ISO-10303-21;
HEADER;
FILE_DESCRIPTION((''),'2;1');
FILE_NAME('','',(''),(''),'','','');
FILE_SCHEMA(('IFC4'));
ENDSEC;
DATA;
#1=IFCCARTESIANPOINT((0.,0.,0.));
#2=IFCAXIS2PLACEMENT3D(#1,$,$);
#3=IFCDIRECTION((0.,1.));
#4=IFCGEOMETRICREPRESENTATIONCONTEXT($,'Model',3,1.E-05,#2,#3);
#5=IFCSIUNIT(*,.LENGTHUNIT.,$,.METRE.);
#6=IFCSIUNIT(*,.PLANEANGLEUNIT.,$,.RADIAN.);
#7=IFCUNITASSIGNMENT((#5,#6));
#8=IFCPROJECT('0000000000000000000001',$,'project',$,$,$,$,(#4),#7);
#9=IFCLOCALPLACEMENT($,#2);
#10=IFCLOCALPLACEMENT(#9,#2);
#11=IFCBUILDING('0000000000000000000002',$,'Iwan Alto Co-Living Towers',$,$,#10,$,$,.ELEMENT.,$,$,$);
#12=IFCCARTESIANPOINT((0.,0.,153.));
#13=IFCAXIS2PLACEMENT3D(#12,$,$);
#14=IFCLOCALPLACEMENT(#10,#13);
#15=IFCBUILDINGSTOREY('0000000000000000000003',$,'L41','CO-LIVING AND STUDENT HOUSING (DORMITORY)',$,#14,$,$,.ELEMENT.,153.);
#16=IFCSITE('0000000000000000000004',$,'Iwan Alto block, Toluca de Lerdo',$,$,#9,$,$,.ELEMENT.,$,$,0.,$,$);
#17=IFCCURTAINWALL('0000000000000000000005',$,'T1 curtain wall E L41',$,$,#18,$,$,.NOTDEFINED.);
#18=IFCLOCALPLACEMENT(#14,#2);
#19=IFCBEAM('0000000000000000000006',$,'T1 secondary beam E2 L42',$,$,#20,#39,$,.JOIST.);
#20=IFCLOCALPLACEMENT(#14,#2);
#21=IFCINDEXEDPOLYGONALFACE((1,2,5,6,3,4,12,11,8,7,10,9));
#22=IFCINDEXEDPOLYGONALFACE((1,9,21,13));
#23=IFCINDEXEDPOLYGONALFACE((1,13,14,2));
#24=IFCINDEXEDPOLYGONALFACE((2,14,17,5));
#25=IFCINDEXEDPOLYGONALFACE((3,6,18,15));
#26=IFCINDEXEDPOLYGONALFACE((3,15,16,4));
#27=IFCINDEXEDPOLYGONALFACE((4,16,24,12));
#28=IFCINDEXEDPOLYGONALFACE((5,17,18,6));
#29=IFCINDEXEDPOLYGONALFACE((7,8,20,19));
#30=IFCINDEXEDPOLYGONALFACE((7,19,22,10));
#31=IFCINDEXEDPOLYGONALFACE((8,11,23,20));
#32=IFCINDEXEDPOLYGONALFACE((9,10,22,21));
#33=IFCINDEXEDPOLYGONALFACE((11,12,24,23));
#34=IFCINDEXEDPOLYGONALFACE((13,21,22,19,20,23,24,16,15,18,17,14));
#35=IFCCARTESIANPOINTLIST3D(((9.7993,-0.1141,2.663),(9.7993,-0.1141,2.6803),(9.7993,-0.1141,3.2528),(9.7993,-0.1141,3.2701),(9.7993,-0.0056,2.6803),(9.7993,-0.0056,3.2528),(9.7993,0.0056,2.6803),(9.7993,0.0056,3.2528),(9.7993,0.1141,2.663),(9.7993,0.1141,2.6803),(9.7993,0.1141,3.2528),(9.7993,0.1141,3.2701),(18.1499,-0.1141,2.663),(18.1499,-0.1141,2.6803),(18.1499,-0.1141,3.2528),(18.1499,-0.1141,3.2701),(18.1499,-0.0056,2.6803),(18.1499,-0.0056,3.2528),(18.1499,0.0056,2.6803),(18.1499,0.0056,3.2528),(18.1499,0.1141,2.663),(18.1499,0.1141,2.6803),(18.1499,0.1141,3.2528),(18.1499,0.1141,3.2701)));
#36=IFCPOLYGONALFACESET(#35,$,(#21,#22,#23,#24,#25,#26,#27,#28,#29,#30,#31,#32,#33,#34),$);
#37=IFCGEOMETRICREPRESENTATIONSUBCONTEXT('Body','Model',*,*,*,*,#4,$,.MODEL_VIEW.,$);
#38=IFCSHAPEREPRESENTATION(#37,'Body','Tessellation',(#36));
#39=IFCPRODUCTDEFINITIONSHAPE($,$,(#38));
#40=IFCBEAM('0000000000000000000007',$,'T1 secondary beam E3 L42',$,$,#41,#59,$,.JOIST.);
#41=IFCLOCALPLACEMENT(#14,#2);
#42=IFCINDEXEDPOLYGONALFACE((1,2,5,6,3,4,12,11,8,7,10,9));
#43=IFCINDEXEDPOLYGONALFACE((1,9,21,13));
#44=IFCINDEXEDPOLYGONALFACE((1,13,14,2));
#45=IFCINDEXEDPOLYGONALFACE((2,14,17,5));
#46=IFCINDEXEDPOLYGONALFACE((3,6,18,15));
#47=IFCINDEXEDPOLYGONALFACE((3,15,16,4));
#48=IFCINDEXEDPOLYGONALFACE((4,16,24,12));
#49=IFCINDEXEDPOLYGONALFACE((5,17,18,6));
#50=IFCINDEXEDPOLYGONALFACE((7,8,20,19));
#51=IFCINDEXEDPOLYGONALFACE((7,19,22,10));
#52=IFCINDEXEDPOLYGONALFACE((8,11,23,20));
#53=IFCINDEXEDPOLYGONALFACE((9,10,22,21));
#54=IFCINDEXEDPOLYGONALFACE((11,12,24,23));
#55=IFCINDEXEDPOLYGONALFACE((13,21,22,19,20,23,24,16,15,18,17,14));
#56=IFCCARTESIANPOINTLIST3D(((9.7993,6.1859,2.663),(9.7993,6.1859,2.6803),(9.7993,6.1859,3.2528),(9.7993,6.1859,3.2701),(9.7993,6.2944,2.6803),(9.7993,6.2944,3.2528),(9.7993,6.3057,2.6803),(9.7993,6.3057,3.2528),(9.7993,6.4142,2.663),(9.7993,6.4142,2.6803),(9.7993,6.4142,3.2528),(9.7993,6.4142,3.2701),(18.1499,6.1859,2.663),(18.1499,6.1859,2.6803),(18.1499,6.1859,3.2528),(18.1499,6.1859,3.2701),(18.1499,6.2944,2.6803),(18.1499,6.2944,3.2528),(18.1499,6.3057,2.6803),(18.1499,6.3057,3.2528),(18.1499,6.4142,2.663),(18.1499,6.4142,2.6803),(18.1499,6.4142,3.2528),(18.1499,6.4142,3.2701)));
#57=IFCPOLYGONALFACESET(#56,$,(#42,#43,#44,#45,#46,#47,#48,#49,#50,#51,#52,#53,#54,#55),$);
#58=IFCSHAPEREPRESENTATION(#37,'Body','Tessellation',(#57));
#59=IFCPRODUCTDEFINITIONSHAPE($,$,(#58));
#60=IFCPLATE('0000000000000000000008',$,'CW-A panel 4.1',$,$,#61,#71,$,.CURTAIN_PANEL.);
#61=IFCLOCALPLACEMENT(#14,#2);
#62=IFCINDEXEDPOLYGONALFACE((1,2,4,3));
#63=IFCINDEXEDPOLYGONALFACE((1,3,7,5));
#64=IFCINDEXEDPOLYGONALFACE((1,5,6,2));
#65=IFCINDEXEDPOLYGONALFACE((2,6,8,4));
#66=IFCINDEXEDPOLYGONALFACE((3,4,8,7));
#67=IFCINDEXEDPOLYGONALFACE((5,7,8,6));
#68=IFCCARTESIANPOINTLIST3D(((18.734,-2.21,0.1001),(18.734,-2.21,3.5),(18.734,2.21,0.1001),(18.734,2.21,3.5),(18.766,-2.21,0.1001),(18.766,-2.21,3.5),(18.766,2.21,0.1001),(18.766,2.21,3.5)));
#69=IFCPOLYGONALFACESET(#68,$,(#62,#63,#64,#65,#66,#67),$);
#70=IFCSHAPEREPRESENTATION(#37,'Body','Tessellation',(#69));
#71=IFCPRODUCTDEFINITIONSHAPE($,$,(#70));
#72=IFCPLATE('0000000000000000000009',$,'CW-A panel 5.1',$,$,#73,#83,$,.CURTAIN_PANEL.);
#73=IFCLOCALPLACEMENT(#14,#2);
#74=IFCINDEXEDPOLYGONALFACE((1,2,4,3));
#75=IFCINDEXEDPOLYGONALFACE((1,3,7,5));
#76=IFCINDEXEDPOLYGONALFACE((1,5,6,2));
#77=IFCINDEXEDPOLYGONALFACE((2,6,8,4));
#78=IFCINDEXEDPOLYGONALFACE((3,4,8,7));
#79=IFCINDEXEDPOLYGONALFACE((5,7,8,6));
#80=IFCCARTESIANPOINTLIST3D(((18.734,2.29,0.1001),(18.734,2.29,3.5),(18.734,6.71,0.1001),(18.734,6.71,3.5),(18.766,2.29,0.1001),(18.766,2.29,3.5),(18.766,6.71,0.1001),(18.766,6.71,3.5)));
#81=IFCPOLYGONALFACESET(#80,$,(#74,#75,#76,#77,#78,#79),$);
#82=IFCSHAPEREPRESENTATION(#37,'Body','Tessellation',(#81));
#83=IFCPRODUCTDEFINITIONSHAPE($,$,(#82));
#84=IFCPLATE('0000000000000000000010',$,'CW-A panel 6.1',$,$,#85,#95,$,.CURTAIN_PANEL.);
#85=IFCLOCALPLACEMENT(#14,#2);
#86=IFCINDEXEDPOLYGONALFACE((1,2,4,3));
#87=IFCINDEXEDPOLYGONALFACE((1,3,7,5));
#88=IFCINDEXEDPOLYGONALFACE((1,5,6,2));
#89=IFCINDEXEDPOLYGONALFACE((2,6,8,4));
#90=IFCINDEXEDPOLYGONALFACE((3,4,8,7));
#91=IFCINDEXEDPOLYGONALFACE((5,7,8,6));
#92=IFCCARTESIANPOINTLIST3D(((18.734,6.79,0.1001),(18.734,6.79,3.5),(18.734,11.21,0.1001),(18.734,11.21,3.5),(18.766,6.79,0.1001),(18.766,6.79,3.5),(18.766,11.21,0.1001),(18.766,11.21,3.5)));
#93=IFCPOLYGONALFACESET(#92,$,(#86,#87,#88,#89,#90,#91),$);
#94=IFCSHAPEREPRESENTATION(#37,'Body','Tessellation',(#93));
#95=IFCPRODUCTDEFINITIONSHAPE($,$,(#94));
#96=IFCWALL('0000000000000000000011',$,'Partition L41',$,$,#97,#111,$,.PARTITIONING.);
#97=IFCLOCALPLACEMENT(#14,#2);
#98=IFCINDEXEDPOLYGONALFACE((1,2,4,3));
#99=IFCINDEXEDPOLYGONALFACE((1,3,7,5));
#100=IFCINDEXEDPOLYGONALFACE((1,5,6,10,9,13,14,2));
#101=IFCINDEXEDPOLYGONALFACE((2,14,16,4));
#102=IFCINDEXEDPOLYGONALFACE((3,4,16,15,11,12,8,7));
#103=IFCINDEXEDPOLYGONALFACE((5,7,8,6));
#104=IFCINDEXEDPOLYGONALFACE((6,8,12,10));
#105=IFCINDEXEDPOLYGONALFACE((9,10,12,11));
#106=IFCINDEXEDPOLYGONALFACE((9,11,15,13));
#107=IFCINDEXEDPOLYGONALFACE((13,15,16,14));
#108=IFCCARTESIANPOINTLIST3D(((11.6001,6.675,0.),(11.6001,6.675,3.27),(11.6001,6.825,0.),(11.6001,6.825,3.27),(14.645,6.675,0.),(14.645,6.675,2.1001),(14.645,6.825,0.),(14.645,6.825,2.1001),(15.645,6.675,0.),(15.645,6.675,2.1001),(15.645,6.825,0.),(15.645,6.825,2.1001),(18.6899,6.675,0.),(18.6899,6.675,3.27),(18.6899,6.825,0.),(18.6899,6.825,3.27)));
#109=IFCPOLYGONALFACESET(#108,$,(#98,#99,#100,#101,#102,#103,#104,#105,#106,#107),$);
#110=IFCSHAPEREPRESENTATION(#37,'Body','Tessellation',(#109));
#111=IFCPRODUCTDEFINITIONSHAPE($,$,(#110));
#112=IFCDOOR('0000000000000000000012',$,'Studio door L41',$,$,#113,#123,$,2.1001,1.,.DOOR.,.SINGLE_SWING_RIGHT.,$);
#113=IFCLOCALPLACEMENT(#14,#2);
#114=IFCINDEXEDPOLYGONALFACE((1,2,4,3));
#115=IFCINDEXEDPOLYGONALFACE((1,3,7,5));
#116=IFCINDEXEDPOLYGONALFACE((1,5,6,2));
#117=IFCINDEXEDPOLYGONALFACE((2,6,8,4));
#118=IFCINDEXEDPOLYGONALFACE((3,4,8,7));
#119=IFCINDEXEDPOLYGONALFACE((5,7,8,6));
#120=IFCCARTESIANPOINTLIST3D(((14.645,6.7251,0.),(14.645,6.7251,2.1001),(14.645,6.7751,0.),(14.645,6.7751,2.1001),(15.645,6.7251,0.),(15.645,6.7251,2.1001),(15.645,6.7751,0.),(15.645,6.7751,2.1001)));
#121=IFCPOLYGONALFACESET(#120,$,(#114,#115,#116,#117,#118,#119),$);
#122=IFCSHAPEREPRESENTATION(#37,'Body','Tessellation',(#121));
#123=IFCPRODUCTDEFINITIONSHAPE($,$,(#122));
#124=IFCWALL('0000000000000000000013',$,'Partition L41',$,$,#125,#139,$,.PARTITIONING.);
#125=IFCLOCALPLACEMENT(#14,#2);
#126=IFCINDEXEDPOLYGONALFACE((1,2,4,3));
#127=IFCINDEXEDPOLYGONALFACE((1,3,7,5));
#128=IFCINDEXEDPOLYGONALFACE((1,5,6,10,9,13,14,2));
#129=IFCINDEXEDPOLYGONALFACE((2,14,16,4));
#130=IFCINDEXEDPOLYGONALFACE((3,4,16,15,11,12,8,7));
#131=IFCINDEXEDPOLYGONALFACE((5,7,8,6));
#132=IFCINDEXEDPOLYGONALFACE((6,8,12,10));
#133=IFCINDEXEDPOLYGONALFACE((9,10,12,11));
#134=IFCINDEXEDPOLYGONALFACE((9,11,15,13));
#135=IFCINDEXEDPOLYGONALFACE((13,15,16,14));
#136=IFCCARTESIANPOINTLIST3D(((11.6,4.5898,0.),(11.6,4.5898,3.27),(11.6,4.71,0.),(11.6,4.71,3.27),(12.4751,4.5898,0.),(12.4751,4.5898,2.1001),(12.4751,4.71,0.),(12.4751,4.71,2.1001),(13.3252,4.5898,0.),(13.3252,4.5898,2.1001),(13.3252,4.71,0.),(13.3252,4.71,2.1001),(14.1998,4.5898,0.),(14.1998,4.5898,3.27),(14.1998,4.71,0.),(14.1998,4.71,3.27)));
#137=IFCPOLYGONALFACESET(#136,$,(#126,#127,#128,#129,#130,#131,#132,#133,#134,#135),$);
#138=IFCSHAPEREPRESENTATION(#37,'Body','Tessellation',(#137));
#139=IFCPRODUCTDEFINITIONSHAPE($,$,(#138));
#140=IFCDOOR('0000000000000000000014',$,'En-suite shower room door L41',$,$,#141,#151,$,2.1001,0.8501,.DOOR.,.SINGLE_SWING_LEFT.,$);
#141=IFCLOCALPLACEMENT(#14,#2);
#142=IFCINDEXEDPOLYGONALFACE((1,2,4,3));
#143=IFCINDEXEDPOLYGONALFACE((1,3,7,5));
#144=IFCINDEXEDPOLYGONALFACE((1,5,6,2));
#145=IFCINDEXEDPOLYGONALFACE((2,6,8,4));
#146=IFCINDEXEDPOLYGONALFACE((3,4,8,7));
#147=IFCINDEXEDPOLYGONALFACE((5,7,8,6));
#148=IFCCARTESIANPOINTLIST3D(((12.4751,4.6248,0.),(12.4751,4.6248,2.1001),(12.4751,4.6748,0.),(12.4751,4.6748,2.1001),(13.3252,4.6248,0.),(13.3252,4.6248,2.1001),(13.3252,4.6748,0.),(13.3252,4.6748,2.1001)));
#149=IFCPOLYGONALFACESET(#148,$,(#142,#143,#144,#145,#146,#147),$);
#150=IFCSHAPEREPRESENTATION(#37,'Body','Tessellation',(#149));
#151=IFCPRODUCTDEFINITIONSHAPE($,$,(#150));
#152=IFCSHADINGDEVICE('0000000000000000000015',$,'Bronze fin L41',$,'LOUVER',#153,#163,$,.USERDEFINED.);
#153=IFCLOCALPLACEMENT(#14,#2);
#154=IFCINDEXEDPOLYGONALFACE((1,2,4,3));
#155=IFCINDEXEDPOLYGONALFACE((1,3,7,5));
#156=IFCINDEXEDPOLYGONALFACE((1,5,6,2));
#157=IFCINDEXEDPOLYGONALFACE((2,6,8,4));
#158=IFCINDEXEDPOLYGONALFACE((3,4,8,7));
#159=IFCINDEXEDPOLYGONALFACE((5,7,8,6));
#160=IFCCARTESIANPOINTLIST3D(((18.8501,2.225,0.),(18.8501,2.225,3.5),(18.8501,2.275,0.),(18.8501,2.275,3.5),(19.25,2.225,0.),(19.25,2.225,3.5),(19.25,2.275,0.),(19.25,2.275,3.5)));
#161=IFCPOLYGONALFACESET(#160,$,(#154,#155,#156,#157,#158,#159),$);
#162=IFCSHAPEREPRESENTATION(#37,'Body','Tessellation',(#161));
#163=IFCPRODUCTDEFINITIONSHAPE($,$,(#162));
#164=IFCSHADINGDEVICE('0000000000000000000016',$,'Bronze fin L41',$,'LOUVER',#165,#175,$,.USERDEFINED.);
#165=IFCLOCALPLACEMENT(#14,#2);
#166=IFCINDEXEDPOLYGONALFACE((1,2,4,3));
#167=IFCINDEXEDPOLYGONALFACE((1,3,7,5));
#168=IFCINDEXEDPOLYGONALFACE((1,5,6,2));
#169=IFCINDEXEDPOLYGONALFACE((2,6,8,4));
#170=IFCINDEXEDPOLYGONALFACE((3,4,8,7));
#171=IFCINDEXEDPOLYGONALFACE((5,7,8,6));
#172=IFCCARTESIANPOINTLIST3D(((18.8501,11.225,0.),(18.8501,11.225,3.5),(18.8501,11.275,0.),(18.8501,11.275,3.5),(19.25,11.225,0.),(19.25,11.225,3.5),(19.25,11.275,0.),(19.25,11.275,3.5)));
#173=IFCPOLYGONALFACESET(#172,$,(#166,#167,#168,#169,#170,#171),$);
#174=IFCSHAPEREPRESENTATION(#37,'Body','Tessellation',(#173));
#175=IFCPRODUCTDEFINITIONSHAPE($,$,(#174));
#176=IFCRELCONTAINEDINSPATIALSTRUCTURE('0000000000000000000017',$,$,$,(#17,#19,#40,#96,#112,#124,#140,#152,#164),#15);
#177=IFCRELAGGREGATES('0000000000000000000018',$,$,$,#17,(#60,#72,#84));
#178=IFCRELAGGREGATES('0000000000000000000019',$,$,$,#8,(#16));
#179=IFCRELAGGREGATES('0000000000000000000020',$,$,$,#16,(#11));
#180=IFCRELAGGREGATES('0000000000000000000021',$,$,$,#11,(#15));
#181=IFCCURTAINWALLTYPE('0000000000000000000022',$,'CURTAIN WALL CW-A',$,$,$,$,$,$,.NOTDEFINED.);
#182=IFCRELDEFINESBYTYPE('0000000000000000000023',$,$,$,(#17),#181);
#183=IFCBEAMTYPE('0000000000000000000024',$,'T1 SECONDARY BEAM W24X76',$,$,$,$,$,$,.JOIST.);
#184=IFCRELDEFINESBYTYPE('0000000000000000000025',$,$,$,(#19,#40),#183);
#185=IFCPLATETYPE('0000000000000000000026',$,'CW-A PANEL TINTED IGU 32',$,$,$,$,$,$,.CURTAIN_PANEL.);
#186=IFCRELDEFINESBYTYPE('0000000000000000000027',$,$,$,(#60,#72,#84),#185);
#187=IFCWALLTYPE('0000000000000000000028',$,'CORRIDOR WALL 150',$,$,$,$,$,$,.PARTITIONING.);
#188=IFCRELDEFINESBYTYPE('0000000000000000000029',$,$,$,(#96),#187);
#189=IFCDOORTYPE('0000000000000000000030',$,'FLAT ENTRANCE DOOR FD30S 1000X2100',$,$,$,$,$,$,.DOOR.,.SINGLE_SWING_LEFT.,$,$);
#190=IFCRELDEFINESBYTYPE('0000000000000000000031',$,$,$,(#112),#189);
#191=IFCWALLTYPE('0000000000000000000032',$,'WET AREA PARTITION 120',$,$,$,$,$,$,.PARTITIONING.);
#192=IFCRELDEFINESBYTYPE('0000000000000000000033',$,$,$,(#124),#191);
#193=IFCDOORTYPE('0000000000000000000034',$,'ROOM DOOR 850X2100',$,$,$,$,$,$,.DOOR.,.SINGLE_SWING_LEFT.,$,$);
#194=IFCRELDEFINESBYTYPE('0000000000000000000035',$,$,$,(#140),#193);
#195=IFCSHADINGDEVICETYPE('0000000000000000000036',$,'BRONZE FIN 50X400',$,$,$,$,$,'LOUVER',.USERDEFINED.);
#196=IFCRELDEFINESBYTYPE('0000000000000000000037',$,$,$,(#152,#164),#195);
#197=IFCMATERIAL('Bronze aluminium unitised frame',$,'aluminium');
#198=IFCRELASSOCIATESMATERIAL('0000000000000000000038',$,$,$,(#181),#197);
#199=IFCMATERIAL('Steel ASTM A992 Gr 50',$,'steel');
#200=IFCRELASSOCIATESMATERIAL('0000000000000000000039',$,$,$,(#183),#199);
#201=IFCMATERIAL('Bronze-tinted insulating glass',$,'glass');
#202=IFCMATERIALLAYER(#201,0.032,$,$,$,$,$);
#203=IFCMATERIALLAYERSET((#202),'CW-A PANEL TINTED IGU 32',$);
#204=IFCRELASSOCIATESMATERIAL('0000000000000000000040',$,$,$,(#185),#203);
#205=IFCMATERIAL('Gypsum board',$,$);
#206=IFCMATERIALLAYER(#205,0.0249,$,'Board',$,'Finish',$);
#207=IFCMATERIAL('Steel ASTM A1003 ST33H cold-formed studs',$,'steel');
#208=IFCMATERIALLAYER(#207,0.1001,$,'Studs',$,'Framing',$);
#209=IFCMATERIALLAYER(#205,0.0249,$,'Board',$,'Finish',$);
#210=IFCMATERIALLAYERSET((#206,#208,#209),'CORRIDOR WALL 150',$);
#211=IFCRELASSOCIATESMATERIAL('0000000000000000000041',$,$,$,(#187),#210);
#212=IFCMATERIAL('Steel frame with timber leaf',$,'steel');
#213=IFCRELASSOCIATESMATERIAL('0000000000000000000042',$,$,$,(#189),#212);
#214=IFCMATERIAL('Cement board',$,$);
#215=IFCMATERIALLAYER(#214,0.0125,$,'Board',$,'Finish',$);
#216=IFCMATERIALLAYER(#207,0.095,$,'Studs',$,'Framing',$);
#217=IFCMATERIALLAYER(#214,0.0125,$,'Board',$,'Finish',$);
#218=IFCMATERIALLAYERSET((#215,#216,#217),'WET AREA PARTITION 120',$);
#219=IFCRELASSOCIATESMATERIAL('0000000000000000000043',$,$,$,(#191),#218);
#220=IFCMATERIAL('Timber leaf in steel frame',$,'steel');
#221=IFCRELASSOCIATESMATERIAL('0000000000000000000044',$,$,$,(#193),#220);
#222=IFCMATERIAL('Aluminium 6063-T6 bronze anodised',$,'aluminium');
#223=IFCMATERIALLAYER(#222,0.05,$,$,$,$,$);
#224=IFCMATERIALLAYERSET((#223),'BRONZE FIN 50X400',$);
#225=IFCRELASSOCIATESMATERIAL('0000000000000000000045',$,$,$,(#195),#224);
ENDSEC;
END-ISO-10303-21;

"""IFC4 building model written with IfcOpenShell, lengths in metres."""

from ifc_helpers import new_model, si_unit, direction, frame, frame_2d, origin, origin_2d, place, context, subcontext, project, spatial, rectangle, i_section, extrude, material, layer, layer_set, material_profile, profile_set, type_object, element, fill, aggregate, save


model = new_model("IFC4")

# Units and contexts
model_context = context("Model", 3, precision=1e-05, world=origin(), true_north=direction((0.0, 1.0)))
body_context = subcontext(model_context, "Body", "Model", "MODEL_VIEW")
ifc_project = project(units=[si_unit("LENGTHUNIT", "METRE"), si_unit("PLANEANGLEUNIT", "RADIAN")], contexts=[model_context])

# Site, building, storey
site_placement = place(None, origin())
site = spatial("IfcSite", under=ifc_project, at=site_placement, Name="Iwan Alto block, Toluca de Lerdo", CompositionType="ELEMENT", RefElevation=0.0)
building_placement = place(site_placement, origin())
building = spatial("IfcBuilding", under=site, at=building_placement, Name="Iwan Alto Co-Living Towers", CompositionType="ELEMENT")
storey_placement = place(building_placement, frame((0.0, 0.0, 153.0)))
storey = spatial("IfcBuildingStorey", under=building, at=storey_placement, Name="L41", Description="CO-LIVING AND STUDENT HOUSING (DORMITORY)", CompositionType="ELEMENT", Elevation=153.0)

# Curtain wall
ifc_material_1 = material(Name="Bronze aluminium unitised frame", Category="aluminium")
curtain_wall_type = type_object("IfcCurtainWallType", Name="CURTAIN WALL CW-A", PredefinedType="NOTDEFINED", material=ifc_material_1)
curtain_wall_placement = place(storey_placement, origin())
curtain_wall = element("IfcCurtainWall", 1, at=curtain_wall_placement, inside=storey, type_object=curtain_wall_type, Name="T1 curtain wall E L41", PredefinedType="NOTDEFINED")

# Beams
ifc_material_2 = material(Name="Steel ASTM A992 Gr 50", Category="steel")
ifc_material_profile_1 = material_profile(ifc_material_2, i_section(OverallWidth=0.2283, OverallDepth=0.6072, WebThickness=0.0112, FlangeThickness=0.0173, at=origin_2d()), Name="W24X76")
ifc_profile_set_1 = profile_set([ifc_material_profile_1], Name="Steel ASTM A992 Gr 50")
beam_type_1 = type_object("IfcBeamType", Name="T1 SECONDARY BEAM W24X76", PredefinedType="JOIST", material=ifc_profile_set_1)
for number, where, z_axis, x_axis, name in (
    (2, (18.1499, 0.0, 2.9666), (-1.0, 0.0, 0.0), (0.0, -1.0, 0.0), "T1 secondary beam E2 L42"),
    (3, (18.1499, 6.3, 2.9666), (-1.0, 0.0, 0.0), (0.0, -1.0, 0.0), "T1 secondary beam E3 L42"),
):
    element("IfcBeam", number, at=place(storey_placement, frame(where, z_axis=z_axis, x_axis=x_axis)), inside=storey, type_object=beam_type_1, Name=name, PredefinedType="JOIST", context=body_context, shape_type="SweptSolid", body=[
        extrude(i_section(OverallWidth=0.2283, OverallDepth=0.6072, WebThickness=0.0112, FlangeThickness=0.0173, at=origin_2d()), origin(), (0.0, 0.0, 1.0), 8.3506),
    ])

# Plates
ifc_material_3 = material(Name="Bronze-tinted insulating glass", Category="glass")
ifc_layer_1 = layer(ifc_material_3, 0.032)
ifc_layer_set_1 = layer_set([ifc_layer_1], Name="CW-A PANEL TINTED IGU 32")
plate_type = type_object("IfcPlateType", Name="CW-A PANEL TINTED IGU 32", PredefinedType="CURTAIN_PANEL", material=ifc_layer_set_1)
plate_1_placement = place(storey_placement, frame((18.75, 0.0, 0.1001), z_axis=(0.0, 0.0, 1.0), x_axis=(0.0, 1.0, 0.0)))
plate_1 = element("IfcPlate", 4, at=plate_1_placement, type_object=plate_type, Name="CW-A panel 4.1", PredefinedType="CURTAIN_PANEL", context=body_context, shape_type="SweptSolid", body=[
    extrude(rectangle(XDim=4.4199, YDim=0.032, at=origin_2d()), origin(), (0.0, 0.0, 1.0), 3.3999),
])
plate_2_placement = place(storey_placement, frame((18.75, 4.5, 0.1001), z_axis=(0.0, 0.0, 1.0), x_axis=(0.0, 1.0, 0.0)))
plate_2 = element("IfcPlate", 5, at=plate_2_placement, type_object=plate_type, Name="CW-A panel 5.1", PredefinedType="CURTAIN_PANEL", context=body_context, shape_type="SweptSolid", body=[
    extrude(rectangle(XDim=4.4199, YDim=0.032, at=origin_2d()), origin(), (0.0, 0.0, 1.0), 3.3999),
])
plate_3_placement = place(storey_placement, frame((18.75, 9.0, 0.1001), z_axis=(0.0, 0.0, 1.0), x_axis=(0.0, 1.0, 0.0)))
plate_3 = element("IfcPlate", 6, at=plate_3_placement, type_object=plate_type, Name="CW-A panel 6.1", PredefinedType="CURTAIN_PANEL", context=body_context, shape_type="SweptSolid", body=[
    extrude(rectangle(XDim=4.4199, YDim=0.032, at=origin_2d()), origin(), (0.0, 0.0, 1.0), 3.3999),
])
aggregate(curtain_wall, [plate_1, plate_2, plate_3])

# Walls, openings, doors
ifc_material_4 = material(Name="Gypsum board")
ifc_layer_2 = layer(ifc_material_4, 0.0249, Name="Board", Category="Finish")
ifc_material_5 = material(Name="Steel ASTM A1003 ST33H cold-formed studs", Category="steel")
ifc_layer_3 = layer(ifc_material_5, 0.1001, Name="Studs", Category="Framing")
ifc_layer_4 = layer(ifc_material_4, 0.0249, Name="Board", Category="Finish")
ifc_layer_set_2 = layer_set([ifc_layer_2, ifc_layer_3, ifc_layer_4], Name="CORRIDOR WALL 150")
wall_type_1 = type_object("IfcWallType", Name="CORRIDOR WALL 150", PredefinedType="PARTITIONING", material=ifc_layer_set_2)
wall_1_placement = place(storey_placement, frame((11.6001, 6.75, 0.0), z_axis=(0.0, 0.0, 1.0), x_axis=(1.0, 0.0, 0.0)))
wall_1 = element("IfcWall", 7, at=wall_1_placement, inside=storey, type_object=wall_type_1, Name="Partition L41", PredefinedType="PARTITIONING", context=body_context, shape_type="SweptSolid", body=[
    extrude(rectangle(XDim=7.0898, YDim=0.1499, at=frame_2d((3.5449, 0.0))), origin(), (0.0, 0.0, 1.0), 3.27),
])
opening_1_placement = place(wall_1_placement, frame((3.0449, 0.0, 0.0)))
opening_1 = element("IfcOpeningElement", 8, at=opening_1_placement, cuts=wall_1, PredefinedType="OPENING", context=body_context, shape_type="SweptSolid", body=[
    extrude(rectangle(XDim=1.0, YDim=2.1001, at=frame_2d((0.5, 1.05))), frame((0.0, 0.085, 0.0), z_axis=(0.0, -1.0, 0.0), x_axis=(1.0, 0.0, 0.0)), (0.0, 0.0, 1.0), 0.1699),
])
ifc_material_6 = material(Name="Steel frame with timber leaf", Category="steel")
door_type_1 = type_object("IfcDoorType", Name="FLAT ENTRANCE DOOR FD30S 1000X2100", OperationType="SINGLE_SWING_LEFT", PredefinedType="DOOR", material=ifc_material_6)
door_1_placement = place(opening_1_placement, frame((1.0, 0.0, 0.0), z_axis=(0.0, 0.0, 1.0), x_axis=(-1.0, 0.0, 0.0)))
door_1 = element("IfcDoor", 9, at=door_1_placement, inside=storey, type_object=door_type_1, Name="Studio door L41", OperationType="SINGLE_SWING_RIGHT", OverallHeight=2.1001, OverallWidth=1.0, PredefinedType="DOOR", context=body_context, shape_type="SweptSolid", body=[
    extrude(rectangle(XDim=1.0, YDim=2.1001, at=frame_2d((0.5, 1.05))), frame((0.0, 0.0249, 0.0), z_axis=(0.0, -1.0, 0.0), x_axis=(1.0, 0.0, 0.0)), (0.0, 0.0, 1.0), 0.05),
])
fill(opening_1, door_1)
ifc_material_7 = material(Name="Cement board")
ifc_layer_5 = layer(ifc_material_7, 0.0125, Name="Board", Category="Finish")
ifc_layer_6 = layer(ifc_material_5, 0.095, Name="Studs", Category="Framing")
ifc_layer_7 = layer(ifc_material_7, 0.0125, Name="Board", Category="Finish")
ifc_layer_set_3 = layer_set([ifc_layer_5, ifc_layer_6, ifc_layer_7], Name="WET AREA PARTITION 120")
wall_type_2 = type_object("IfcWallType", Name="WET AREA PARTITION 120", PredefinedType="PARTITIONING", material=ifc_layer_set_3)
wall_2_placement = place(storey_placement, frame((11.6001, 4.6499, 0.0), z_axis=(0.0, 0.0, 1.0), x_axis=(1.0, 0.0, 0.0)))
wall_2 = element("IfcWall", 10, at=wall_2_placement, inside=storey, type_object=wall_type_2, Name="Partition L41", PredefinedType="PARTITIONING", context=body_context, shape_type="SweptSolid", body=[
    extrude(rectangle(XDim=2.5999, YDim=0.1201, at=frame_2d((1.2998, 0.0))), origin(), (0.0, 0.0, 1.0), 3.27),
])
opening_2_placement = place(wall_2_placement, frame((0.875, 0.0, 0.0)))
opening_2 = element("IfcOpeningElement", 11, at=opening_2_placement, cuts=wall_2, PredefinedType="OPENING", context=body_context, shape_type="SweptSolid", body=[
    extrude(rectangle(XDim=0.8501, YDim=2.1001, at=frame_2d((0.425, 1.05))), frame((0.0, 0.0701, 0.0), z_axis=(0.0, -1.0, 0.0), x_axis=(1.0, 0.0, 0.0)), (0.0, 0.0, 1.0), 0.1401),
])
ifc_material_8 = material(Name="Timber leaf in steel frame", Category="steel")
door_type_2 = type_object("IfcDoorType", Name="ROOM DOOR 850X2100", OperationType="SINGLE_SWING_LEFT", PredefinedType="DOOR", material=ifc_material_8)
door_2_placement = place(opening_2_placement, origin())
door_2 = element("IfcDoor", 12, at=door_2_placement, inside=storey, type_object=door_type_2, Name="En-suite shower room door L41", OperationType="SINGLE_SWING_LEFT", OverallHeight=2.1001, OverallWidth=0.8501, PredefinedType="DOOR", context=body_context, shape_type="SweptSolid", body=[
    extrude(rectangle(XDim=0.8501, YDim=2.1001, at=frame_2d((0.425, 1.05))), frame((0.0, 0.0249, 0.0), z_axis=(0.0, -1.0, 0.0), x_axis=(1.0, 0.0, 0.0)), (0.0, 0.0, 1.0), 0.05),
])
fill(opening_2, door_2)

# Shading devices
ifc_material_9 = material(Name="Aluminium 6063-T6 bronze anodised", Category="aluminium")
ifc_layer_8 = layer(ifc_material_9, 0.05)
ifc_layer_set_4 = layer_set([ifc_layer_8], Name="BRONZE FIN 50X400")
shading_device_type = type_object("IfcShadingDeviceType", Name="BRONZE FIN 50X400", ElementType="LOUVER", PredefinedType="USERDEFINED", material=ifc_layer_set_4)
for number, where, z_axis, x_axis, name in (
    (13, (19.05, 2.25, 0.0), (0.0, 0.0, 1.0), (0.0, 1.0, 0.0), "Bronze fin L41"),
    (14, (19.05, 11.25, 0.0), (0.0, 0.0, 1.0), (0.0, 1.0, 0.0), "Bronze fin L41"),
):
    element("IfcShadingDevice", number, at=place(storey_placement, frame(where, z_axis=z_axis, x_axis=x_axis)), inside=storey, type_object=shading_device_type, Name=name, ObjectType="LOUVER", PredefinedType="USERDEFINED", context=body_context, shape_type="SweptSolid", body=[
        extrude(rectangle(XDim=0.05, YDim=0.3999, at=origin_2d()), origin(), (0.0, 0.0, 1.0), 3.5),
    ])

save(model, "model.ifc")
